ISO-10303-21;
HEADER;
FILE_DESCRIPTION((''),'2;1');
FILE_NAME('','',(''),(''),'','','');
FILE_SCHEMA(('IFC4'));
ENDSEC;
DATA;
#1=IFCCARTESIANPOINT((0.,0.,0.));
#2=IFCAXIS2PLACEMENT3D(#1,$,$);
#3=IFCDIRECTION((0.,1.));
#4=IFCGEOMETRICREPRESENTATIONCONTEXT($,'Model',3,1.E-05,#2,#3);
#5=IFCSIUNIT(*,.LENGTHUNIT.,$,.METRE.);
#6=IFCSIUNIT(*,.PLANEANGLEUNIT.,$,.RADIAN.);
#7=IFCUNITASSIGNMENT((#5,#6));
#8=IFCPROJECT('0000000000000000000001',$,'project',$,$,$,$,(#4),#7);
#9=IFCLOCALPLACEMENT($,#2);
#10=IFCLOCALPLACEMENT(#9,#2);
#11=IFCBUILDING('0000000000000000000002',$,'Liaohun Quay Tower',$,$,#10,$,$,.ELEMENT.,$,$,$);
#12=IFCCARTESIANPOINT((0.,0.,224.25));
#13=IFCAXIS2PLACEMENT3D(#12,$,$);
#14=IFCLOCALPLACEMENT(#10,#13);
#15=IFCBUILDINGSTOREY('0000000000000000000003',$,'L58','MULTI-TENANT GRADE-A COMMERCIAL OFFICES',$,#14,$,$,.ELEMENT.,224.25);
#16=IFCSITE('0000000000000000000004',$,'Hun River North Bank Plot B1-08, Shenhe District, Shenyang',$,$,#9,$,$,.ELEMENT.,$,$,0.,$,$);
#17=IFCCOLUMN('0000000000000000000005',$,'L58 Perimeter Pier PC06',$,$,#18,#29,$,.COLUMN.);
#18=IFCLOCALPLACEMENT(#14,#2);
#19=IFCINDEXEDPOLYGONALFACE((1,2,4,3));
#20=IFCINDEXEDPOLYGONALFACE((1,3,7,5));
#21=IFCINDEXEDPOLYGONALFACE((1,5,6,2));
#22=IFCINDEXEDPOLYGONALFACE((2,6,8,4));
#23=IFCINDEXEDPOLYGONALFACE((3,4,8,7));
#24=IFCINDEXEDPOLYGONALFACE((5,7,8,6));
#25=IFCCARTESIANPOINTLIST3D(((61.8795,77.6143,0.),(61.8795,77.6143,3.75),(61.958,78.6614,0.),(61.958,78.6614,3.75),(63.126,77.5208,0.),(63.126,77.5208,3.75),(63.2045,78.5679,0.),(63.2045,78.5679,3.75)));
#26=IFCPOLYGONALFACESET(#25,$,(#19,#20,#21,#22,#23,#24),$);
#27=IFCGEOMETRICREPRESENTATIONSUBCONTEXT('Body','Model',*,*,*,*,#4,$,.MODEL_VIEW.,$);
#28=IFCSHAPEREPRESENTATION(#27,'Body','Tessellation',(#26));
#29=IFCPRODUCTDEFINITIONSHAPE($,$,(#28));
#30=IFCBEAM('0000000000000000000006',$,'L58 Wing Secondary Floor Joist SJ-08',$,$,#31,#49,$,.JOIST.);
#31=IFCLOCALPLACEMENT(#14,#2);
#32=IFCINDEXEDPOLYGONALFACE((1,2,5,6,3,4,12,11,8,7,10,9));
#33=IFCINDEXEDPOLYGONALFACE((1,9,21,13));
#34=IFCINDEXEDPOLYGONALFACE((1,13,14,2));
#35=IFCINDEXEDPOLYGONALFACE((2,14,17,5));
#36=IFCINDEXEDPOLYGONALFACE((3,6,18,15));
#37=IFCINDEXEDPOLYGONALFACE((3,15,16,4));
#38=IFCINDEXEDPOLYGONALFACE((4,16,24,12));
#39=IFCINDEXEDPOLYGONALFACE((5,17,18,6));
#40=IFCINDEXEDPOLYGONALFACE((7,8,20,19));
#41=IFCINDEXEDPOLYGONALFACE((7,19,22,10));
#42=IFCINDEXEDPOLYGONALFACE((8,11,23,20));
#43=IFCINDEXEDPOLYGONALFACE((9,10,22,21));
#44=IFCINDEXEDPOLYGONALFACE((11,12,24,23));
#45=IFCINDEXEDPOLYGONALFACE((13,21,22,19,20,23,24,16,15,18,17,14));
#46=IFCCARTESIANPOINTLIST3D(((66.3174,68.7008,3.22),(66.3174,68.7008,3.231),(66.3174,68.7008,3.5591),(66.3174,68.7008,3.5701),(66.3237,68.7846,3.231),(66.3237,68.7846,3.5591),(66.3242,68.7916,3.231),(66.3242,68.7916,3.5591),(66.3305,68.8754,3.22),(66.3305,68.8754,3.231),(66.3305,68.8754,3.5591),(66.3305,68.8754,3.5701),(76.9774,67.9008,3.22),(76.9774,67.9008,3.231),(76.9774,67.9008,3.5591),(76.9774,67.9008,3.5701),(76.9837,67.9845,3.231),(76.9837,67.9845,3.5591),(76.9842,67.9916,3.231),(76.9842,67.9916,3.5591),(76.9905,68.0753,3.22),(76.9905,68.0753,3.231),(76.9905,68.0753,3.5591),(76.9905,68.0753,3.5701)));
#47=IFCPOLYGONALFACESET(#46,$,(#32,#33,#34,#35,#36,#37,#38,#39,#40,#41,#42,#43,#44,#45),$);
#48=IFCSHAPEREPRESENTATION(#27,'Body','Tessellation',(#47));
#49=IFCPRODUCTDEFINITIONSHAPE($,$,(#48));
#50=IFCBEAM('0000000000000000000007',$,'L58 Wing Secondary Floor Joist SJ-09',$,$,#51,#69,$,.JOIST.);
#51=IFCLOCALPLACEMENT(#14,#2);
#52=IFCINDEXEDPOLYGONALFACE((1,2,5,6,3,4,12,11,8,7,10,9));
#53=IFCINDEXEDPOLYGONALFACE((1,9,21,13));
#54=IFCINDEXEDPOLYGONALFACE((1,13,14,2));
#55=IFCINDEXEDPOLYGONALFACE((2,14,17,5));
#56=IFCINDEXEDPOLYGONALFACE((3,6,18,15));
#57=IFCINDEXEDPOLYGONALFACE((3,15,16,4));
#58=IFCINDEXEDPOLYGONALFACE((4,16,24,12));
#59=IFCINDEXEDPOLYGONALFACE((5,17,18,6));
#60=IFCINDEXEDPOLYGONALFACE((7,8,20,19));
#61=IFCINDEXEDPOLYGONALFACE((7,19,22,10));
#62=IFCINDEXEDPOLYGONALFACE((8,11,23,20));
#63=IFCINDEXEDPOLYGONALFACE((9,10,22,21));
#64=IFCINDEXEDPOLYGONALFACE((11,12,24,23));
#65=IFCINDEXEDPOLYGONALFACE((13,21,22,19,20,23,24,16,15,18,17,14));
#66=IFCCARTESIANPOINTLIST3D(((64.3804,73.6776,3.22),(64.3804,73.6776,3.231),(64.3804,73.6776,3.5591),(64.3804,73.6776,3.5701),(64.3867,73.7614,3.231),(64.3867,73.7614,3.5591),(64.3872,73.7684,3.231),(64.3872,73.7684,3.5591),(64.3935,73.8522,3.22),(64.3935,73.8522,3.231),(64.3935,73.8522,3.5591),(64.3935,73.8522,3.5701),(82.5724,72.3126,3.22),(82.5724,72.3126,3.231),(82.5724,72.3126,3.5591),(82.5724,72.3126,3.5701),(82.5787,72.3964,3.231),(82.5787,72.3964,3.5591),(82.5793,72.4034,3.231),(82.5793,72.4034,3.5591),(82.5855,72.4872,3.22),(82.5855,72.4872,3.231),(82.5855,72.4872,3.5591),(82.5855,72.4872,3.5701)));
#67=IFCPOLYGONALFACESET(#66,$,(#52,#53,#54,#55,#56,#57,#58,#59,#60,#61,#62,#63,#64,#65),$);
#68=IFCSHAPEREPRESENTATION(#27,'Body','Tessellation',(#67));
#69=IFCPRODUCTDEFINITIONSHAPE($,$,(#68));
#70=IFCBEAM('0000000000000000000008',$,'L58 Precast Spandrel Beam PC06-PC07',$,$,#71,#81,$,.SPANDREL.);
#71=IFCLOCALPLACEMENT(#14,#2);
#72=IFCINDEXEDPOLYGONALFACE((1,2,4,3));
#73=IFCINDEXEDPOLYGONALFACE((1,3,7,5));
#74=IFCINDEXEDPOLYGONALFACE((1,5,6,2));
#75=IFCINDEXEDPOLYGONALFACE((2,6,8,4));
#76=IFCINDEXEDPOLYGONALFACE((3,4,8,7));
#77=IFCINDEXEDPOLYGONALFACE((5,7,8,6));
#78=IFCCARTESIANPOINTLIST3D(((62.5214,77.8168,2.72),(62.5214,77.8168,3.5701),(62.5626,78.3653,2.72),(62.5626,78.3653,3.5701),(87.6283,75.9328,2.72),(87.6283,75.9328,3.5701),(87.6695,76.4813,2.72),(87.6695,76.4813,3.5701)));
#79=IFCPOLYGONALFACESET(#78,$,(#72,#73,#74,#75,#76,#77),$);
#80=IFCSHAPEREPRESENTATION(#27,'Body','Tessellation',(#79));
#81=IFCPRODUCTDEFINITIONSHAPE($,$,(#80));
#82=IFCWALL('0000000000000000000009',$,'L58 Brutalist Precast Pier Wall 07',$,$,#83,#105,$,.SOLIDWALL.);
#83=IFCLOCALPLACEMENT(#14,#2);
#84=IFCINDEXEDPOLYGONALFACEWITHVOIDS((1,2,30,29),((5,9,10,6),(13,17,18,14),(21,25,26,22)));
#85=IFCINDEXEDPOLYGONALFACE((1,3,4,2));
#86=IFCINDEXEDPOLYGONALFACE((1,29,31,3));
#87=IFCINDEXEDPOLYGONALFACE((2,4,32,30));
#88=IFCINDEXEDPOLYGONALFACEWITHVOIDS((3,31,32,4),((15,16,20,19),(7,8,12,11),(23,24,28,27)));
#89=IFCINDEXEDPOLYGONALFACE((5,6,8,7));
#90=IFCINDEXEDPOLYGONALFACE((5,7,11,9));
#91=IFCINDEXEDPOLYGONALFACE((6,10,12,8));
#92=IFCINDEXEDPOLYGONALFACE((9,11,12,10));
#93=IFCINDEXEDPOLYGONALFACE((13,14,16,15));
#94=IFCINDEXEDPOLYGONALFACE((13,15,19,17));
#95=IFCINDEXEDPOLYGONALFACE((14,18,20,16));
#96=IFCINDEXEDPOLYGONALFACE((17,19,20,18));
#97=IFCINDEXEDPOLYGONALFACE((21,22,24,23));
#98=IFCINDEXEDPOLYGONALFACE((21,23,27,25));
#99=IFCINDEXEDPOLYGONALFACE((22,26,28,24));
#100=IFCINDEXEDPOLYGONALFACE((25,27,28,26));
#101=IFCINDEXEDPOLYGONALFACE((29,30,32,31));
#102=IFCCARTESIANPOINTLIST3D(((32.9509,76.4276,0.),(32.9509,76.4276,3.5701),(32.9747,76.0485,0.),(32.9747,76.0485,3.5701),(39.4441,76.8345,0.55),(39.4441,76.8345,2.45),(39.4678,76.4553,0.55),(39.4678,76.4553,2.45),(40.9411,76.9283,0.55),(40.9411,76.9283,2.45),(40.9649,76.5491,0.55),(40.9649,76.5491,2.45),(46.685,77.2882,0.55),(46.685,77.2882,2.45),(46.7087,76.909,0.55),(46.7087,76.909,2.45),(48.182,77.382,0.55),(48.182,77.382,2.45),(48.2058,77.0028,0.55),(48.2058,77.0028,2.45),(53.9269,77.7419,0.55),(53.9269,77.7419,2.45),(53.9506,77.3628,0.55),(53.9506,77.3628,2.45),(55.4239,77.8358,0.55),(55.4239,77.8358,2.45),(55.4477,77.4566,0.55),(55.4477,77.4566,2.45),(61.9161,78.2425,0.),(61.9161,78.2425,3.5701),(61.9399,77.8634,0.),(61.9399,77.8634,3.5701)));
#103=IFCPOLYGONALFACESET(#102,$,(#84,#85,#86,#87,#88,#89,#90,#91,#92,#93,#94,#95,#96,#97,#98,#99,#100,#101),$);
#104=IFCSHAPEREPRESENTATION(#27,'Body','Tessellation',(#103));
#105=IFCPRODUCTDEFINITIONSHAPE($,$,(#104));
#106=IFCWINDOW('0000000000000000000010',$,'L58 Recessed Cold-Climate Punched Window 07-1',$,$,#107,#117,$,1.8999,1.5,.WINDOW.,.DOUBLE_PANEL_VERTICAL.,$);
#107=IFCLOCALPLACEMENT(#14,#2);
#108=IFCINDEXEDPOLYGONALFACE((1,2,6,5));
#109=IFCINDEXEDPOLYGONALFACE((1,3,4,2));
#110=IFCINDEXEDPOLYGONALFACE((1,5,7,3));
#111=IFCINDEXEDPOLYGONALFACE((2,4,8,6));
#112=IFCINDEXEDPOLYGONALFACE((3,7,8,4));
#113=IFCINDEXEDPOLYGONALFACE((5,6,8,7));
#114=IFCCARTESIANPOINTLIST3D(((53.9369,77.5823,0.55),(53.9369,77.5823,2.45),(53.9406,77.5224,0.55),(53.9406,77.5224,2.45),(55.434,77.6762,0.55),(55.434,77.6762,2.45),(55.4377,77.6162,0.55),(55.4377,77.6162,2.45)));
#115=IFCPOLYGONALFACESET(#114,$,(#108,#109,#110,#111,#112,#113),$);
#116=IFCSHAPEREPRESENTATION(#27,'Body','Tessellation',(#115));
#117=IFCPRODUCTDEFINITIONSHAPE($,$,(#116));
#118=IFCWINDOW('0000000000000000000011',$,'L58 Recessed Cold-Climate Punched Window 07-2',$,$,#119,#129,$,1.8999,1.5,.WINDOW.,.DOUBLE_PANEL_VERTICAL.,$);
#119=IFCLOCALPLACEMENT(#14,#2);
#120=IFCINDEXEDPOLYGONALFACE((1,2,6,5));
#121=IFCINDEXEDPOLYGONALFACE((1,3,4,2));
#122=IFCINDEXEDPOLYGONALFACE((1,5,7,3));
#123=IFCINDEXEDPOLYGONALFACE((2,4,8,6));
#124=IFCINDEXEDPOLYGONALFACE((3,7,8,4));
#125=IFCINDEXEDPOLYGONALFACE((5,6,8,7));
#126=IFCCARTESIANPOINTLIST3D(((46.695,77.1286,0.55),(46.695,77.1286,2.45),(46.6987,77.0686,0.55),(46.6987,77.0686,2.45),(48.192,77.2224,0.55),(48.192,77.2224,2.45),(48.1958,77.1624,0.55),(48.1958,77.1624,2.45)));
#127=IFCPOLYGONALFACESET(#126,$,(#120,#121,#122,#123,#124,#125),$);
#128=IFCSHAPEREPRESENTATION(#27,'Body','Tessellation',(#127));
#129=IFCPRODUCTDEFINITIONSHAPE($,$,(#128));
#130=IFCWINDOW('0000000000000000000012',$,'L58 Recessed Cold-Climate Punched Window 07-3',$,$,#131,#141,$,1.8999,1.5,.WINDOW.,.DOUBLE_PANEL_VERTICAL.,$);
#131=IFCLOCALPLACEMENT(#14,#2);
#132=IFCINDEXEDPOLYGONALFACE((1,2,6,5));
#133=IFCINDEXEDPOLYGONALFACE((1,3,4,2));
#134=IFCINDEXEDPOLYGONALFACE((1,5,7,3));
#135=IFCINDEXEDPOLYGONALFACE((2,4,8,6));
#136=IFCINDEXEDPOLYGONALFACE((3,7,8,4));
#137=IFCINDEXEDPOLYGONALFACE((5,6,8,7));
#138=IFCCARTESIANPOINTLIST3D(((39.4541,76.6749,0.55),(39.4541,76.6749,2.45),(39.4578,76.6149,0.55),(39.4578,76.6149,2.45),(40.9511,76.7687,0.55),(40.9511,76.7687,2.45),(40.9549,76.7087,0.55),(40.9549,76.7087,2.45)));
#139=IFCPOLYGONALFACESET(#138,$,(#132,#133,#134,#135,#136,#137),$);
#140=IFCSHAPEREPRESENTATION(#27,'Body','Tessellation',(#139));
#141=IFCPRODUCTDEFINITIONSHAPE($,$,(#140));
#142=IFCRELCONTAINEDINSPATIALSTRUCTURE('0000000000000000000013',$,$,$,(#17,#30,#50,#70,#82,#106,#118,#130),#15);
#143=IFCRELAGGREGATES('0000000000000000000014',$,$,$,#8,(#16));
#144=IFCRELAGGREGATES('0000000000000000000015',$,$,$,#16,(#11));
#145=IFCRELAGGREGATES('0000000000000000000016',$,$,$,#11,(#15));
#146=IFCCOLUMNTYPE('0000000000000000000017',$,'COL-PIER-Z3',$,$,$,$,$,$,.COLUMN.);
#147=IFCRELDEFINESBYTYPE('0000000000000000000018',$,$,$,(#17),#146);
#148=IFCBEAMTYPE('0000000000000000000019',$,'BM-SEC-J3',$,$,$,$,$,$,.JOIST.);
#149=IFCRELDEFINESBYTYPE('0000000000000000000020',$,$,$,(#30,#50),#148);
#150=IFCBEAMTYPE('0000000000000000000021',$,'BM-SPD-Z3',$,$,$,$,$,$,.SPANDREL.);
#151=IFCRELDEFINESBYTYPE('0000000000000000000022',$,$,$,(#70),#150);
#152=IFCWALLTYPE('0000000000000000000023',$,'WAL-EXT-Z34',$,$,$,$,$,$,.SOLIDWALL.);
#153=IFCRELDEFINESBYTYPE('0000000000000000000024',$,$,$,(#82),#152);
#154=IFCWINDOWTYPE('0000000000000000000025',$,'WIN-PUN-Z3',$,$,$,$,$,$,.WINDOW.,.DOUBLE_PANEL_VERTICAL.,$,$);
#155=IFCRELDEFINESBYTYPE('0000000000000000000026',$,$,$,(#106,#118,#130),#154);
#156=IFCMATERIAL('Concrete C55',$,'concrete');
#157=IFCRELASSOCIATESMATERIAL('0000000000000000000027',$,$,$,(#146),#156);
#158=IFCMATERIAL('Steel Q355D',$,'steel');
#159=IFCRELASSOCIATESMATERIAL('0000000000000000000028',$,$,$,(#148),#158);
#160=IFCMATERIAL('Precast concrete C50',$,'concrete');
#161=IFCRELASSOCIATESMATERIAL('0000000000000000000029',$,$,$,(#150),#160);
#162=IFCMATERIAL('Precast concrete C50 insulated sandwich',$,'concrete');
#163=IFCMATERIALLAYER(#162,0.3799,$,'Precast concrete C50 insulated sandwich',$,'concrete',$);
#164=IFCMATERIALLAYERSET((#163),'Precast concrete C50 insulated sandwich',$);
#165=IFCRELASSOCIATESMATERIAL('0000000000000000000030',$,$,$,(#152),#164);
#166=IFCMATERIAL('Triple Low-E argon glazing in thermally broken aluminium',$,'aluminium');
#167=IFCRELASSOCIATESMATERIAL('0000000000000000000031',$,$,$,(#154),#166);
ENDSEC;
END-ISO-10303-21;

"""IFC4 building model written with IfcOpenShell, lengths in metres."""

from ifc_helpers import new_model, si_unit, direction, frame, frame_2d, origin, origin_2d, place, context, subcontext, project, spatial, rectangle, i_section, extrude, source, transform, mapped, material, layer, layer_set, material_profile, profile_set, type_object, element, fill, save


model = new_model("IFC4")

# Units and contexts
model_context = context("Model", 3, precision=1e-05, world=origin(), true_north=direction((0.0, 1.0)))
body_context = subcontext(model_context, "Body", "Model", "MODEL_VIEW")
ifc_project = project(units=[si_unit("LENGTHUNIT", "METRE"), si_unit("PLANEANGLEUNIT", "RADIAN")], contexts=[model_context])

# Site, building, storey
site_placement = place(None, origin())
site = spatial("IfcSite", under=ifc_project, at=site_placement, Name="Hun River North Bank Plot B1-08, Shenhe District, Shenyang", CompositionType="ELEMENT", RefElevation=0.0)
building_placement = place(site_placement, origin())
building = spatial("IfcBuilding", under=site, at=building_placement, Name="Liaohun Quay Tower", CompositionType="ELEMENT")
storey_placement = place(building_placement, frame((0.0, 0.0, 224.25)))
storey = spatial("IfcBuildingStorey", under=building, at=storey_placement, Name="L58", Description="MULTI-TENANT GRADE-A COMMERCIAL OFFICES", CompositionType="ELEMENT", Elevation=224.25)

# Column
ifc_material_1 = material(Name="Concrete C55", Category="concrete")
ifc_material_profile_1 = material_profile(ifc_material_1, rectangle(XDim=1.25, YDim=1.05, at=origin_2d()), Name="RC1250x1050")
ifc_profile_set_1 = profile_set([ifc_material_profile_1], Name="Concrete C55")
column_type = type_object("IfcColumnType", Name="COL-PIER-Z3", PredefinedType="COLUMN", material=ifc_profile_set_1)
shared_shape_1 = source(origin(), body_context, "Body", "SweptSolid", [
    extrude(rectangle(XDim=1.25, YDim=1.05, at=origin_2d()), origin(), (0.0, 0.0, 1.0), 3.75),
])
column_placement = place(storey_placement, frame((62.542, 78.0911, 0.0), z_axis=(0.0, 0.0, 1.0), x_axis=(-0.997198, 0.074805, 0.0)))
element("IfcColumn", 1, at=column_placement, inside=storey, type_object=column_type, Name="L58 Perimeter Pier PC06", PredefinedType="COLUMN", context=body_context, shape_type="MappedRepresentation", body=[
    mapped(shared_shape_1, transform((0.0, 0.0, 0.0), x_axis=(1.0, 0.0, 0.0), y_axis=(0.0, 1.0, 0.0), z_axis=(0.0, 0.0, 1.0), scale=1.0)),
])

# Beams
ifc_material_2 = material(Name="Steel Q355D", Category="steel")
ifc_material_profile_2 = material_profile(ifc_material_2, i_section(OverallWidth=0.175, OverallDepth=0.3501, WebThickness=0.0071, FlangeThickness=0.011, at=origin_2d()), Name="HN350x175x7x11")
ifc_profile_set_2 = profile_set([ifc_material_profile_2], Name="Steel Q355D")
beam_type_1 = type_object("IfcBeamType", Name="BM-SEC-J3", PredefinedType="JOIST", material=ifc_profile_set_2)
shared_shape_2 = source(origin(), body_context, "Body", "SweptSolid", [
    extrude(i_section(OverallWidth=0.175, OverallDepth=0.3501, WebThickness=0.0071, FlangeThickness=0.011, at=origin_2d()), origin(), (0.0, 0.0, 1.0), 10.6899),
])
beam_1_placement = place(storey_placement, frame((66.324, 68.7881, 3.395), z_axis=(0.997195, -0.074842, 0.0), x_axis=(0.074842, 0.997195, 0.0)))
element("IfcBeam", 2, at=beam_1_placement, inside=storey, type_object=beam_type_1, Name="L58 Wing Secondary Floor Joist SJ-08", PredefinedType="JOIST", context=body_context, shape_type="MappedRepresentation", body=[
    mapped(shared_shape_2, transform((0.0, 0.0, 0.0), x_axis=(1.0, 0.0, 0.0), y_axis=(0.0, 1.0, 0.0), z_axis=(0.0, 0.0, 1.0), scale=1.0)),
])
shared_shape_3 = source(origin(), body_context, "Body", "SweptSolid", [
    extrude(i_section(OverallWidth=0.175, OverallDepth=0.3501, WebThickness=0.0071, FlangeThickness=0.011, at=origin_2d()), origin(), (0.0, 0.0, 1.0), 18.2432),
])
beam_2_placement = place(storey_placement, frame((64.387, 73.7649, 3.395), z_axis=(0.997197, -0.074822, 0.0), x_axis=(0.074822, 0.997197, 0.0)))
element("IfcBeam", 3, at=beam_2_placement, inside=storey, type_object=beam_type_1, Name="L58 Wing Secondary Floor Joist SJ-09", PredefinedType="JOIST", context=body_context, shape_type="MappedRepresentation", body=[
    mapped(shared_shape_3, transform((0.0, 0.0, 0.0), x_axis=(1.0, 0.0, 0.0), y_axis=(0.0, 1.0, 0.0), z_axis=(0.0, 0.0, 1.0), scale=1.0)),
])
ifc_material_3 = material(Name="Precast concrete C50", Category="concrete")
ifc_material_profile_3 = material_profile(ifc_material_3, rectangle(XDim=0.55, YDim=0.8501, at=origin_2d()), Name="RC550x850")
ifc_profile_set_3 = profile_set([ifc_material_profile_3], Name="Precast concrete C50")
beam_type_2 = type_object("IfcBeamType", Name="BM-SPD-Z3", PredefinedType="SPANDREL", material=ifc_profile_set_3)
shared_shape_4 = source(origin(), body_context, "Body", "SweptSolid", [
    extrude(rectangle(XDim=0.55, YDim=0.8501, at=origin_2d()), origin(), (0.0, 0.0, 1.0), 25.1775),
])
beam_3_placement = place(storey_placement, frame((62.542, 78.0911, 3.145), z_axis=(0.997196, -0.07483, 0.0), x_axis=(0.07483, 0.997196, 0.0)))
element("IfcBeam", 4, at=beam_3_placement, inside=storey, type_object=beam_type_2, Name="L58 Precast Spandrel Beam PC06-PC07", PredefinedType="SPANDREL", context=body_context, shape_type="MappedRepresentation", body=[
    mapped(shared_shape_4, transform((0.0, 0.0, 0.0), x_axis=(1.0, 0.0, 0.0), y_axis=(0.0, 1.0, 0.0), z_axis=(0.0, 0.0, 1.0), scale=1.0)),
])

# Wall, openings, windows
ifc_material_4 = material(Name="Precast concrete C50 insulated sandwich", Category="concrete")
ifc_layer_1 = layer(ifc_material_4, 0.3799, Name="Precast concrete C50 insulated sandwich", Category="concrete")
ifc_layer_set_1 = layer_set([ifc_layer_1], Name="Precast concrete C50 insulated sandwich")
wall_type_1 = type_object("IfcWallType", Name="WAL-EXT-Z34", PredefinedType="SOLIDWALL", material=ifc_layer_set_1)
wall_1_placement = place(storey_placement, frame((61.928, 78.053, 0.0), z_axis=(0.0, 0.0, 1.0), x_axis=(-0.998043, -0.062537, 0.0)))
wall_1 = element("IfcWall", 5, at=wall_1_placement, inside=storey, type_object=wall_type_1, Name="L58 Brutalist Precast Pier Wall 07", PredefinedType="SOLIDWALL", context=body_context, shape_type="SweptSolid", body=[
    extrude(rectangle(XDim=29.022, YDim=0.3799, at=frame_2d((14.511, 0.0))), origin(), (0.0, 0.0, 1.0), 3.5701),
])
shared_shape_5 = source(origin(), body_context, "Body", "SweptSolid", [
    extrude(rectangle(XDim=1.5, YDim=1.8999, at=frame_2d((0.75, 0.95))), frame((0.0, 0.2, 0.0), z_axis=(0.0, -1.0, 0.0), x_axis=(1.0, 0.0, 0.0)), (0.0, 0.0, 1.0), 0.3999),
])
opening_1_placement = place(wall_1_placement, frame((6.5049, 0.0, 0.55)))
opening_1 = element("IfcOpeningElement", 6, at=opening_1_placement, cuts=wall_1, PredefinedType="OPENING", context=body_context, shape_type="MappedRepresentation", body=[
    mapped(shared_shape_5, transform((0.0, 0.0, 0.0), x_axis=(1.0, 0.0, 0.0), y_axis=(0.0, 1.0, 0.0), z_axis=(0.0, 0.0, 1.0), scale=1.0)),
])
opening_2_placement = place(wall_1_placement, frame((13.761, 0.0, 0.55)))
opening_2 = element("IfcOpeningElement", 7, at=opening_2_placement, cuts=wall_1, PredefinedType="OPENING", context=body_context, shape_type="MappedRepresentation", body=[
    mapped(shared_shape_5, transform((0.0, 0.0, 0.0), x_axis=(1.0, 0.0, 0.0), y_axis=(0.0, 1.0, 0.0), z_axis=(0.0, 0.0, 1.0), scale=1.0)),
])
opening_3_placement = place(wall_1_placement, frame((21.0161, 0.0, 0.55)))
opening_3 = element("IfcOpeningElement", 8, at=opening_3_placement, cuts=wall_1, PredefinedType="OPENING", context=body_context, shape_type="MappedRepresentation", body=[
    mapped(shared_shape_5, transform((0.0, 0.0, 0.0), x_axis=(1.0, 0.0, 0.0), y_axis=(0.0, 1.0, 0.0), z_axis=(0.0, 0.0, 1.0), scale=1.0)),
])
ifc_material_5 = material(Name="Triple Low-E argon glazing in thermally broken aluminium", Category="aluminium")
window_type = type_object("IfcWindowType", Name="WIN-PUN-Z3", PartitioningType="DOUBLE_PANEL_VERTICAL", PredefinedType="WINDOW", material=ifc_material_5)
shared_shape_6 = source(origin(), body_context, "Body", "SweptSolid", [
    extrude(rectangle(XDim=1.5, YDim=1.8999, at=frame_2d((0.75, 0.95))), frame((0.0, 0.03, 0.0), z_axis=(0.0, -1.0, 0.0), x_axis=(1.0, 0.0, 0.0)), (0.0, 0.0, 1.0), 0.0601),
])
window_1_placement = place(opening_1_placement, origin())
window_1 = element("IfcWindow", 9, at=window_1_placement, inside=storey, type_object=window_type, Name="L58 Recessed Cold-Climate Punched Window 07-1", OverallHeight=1.8999, OverallWidth=1.5, PartitioningType="DOUBLE_PANEL_VERTICAL", PredefinedType="WINDOW", context=body_context, shape_type="MappedRepresentation", body=[
    mapped(shared_shape_6, transform((0.0, 0.0, 0.0), x_axis=(1.0, 0.0, 0.0), y_axis=(0.0, 1.0, 0.0), z_axis=(0.0, 0.0, 1.0), scale=1.0)),
])
fill(opening_1, window_1)
window_2_placement = place(opening_2_placement, origin())
window_2 = element("IfcWindow", 10, at=window_2_placement, inside=storey, type_object=window_type, Name="L58 Recessed Cold-Climate Punched Window 07-2", OverallHeight=1.8999, OverallWidth=1.5, PartitioningType="DOUBLE_PANEL_VERTICAL", PredefinedType="WINDOW", context=body_context, shape_type="MappedRepresentation", body=[
    mapped(shared_shape_6, transform((0.0, 0.0, 0.0), x_axis=(1.0, 0.0, 0.0), y_axis=(0.0, 1.0, 0.0), z_axis=(0.0, 0.0, 1.0), scale=1.0)),
])
fill(opening_2, window_2)
window_3_placement = place(opening_3_placement, origin())
window_3 = element("IfcWindow", 11, at=window_3_placement, inside=storey, type_object=window_type, Name="L58 Recessed Cold-Climate Punched Window 07-3", OverallHeight=1.8999, OverallWidth=1.5, PartitioningType="DOUBLE_PANEL_VERTICAL", PredefinedType="WINDOW", context=body_context, shape_type="MappedRepresentation", body=[
    mapped(shared_shape_6, transform((0.0, 0.0, 0.0), x_axis=(1.0, 0.0, 0.0), y_axis=(0.0, 1.0, 0.0), z_axis=(0.0, 0.0, 1.0), scale=1.0)),
])
fill(opening_3, window_3)

save(model, "model.ifc")
